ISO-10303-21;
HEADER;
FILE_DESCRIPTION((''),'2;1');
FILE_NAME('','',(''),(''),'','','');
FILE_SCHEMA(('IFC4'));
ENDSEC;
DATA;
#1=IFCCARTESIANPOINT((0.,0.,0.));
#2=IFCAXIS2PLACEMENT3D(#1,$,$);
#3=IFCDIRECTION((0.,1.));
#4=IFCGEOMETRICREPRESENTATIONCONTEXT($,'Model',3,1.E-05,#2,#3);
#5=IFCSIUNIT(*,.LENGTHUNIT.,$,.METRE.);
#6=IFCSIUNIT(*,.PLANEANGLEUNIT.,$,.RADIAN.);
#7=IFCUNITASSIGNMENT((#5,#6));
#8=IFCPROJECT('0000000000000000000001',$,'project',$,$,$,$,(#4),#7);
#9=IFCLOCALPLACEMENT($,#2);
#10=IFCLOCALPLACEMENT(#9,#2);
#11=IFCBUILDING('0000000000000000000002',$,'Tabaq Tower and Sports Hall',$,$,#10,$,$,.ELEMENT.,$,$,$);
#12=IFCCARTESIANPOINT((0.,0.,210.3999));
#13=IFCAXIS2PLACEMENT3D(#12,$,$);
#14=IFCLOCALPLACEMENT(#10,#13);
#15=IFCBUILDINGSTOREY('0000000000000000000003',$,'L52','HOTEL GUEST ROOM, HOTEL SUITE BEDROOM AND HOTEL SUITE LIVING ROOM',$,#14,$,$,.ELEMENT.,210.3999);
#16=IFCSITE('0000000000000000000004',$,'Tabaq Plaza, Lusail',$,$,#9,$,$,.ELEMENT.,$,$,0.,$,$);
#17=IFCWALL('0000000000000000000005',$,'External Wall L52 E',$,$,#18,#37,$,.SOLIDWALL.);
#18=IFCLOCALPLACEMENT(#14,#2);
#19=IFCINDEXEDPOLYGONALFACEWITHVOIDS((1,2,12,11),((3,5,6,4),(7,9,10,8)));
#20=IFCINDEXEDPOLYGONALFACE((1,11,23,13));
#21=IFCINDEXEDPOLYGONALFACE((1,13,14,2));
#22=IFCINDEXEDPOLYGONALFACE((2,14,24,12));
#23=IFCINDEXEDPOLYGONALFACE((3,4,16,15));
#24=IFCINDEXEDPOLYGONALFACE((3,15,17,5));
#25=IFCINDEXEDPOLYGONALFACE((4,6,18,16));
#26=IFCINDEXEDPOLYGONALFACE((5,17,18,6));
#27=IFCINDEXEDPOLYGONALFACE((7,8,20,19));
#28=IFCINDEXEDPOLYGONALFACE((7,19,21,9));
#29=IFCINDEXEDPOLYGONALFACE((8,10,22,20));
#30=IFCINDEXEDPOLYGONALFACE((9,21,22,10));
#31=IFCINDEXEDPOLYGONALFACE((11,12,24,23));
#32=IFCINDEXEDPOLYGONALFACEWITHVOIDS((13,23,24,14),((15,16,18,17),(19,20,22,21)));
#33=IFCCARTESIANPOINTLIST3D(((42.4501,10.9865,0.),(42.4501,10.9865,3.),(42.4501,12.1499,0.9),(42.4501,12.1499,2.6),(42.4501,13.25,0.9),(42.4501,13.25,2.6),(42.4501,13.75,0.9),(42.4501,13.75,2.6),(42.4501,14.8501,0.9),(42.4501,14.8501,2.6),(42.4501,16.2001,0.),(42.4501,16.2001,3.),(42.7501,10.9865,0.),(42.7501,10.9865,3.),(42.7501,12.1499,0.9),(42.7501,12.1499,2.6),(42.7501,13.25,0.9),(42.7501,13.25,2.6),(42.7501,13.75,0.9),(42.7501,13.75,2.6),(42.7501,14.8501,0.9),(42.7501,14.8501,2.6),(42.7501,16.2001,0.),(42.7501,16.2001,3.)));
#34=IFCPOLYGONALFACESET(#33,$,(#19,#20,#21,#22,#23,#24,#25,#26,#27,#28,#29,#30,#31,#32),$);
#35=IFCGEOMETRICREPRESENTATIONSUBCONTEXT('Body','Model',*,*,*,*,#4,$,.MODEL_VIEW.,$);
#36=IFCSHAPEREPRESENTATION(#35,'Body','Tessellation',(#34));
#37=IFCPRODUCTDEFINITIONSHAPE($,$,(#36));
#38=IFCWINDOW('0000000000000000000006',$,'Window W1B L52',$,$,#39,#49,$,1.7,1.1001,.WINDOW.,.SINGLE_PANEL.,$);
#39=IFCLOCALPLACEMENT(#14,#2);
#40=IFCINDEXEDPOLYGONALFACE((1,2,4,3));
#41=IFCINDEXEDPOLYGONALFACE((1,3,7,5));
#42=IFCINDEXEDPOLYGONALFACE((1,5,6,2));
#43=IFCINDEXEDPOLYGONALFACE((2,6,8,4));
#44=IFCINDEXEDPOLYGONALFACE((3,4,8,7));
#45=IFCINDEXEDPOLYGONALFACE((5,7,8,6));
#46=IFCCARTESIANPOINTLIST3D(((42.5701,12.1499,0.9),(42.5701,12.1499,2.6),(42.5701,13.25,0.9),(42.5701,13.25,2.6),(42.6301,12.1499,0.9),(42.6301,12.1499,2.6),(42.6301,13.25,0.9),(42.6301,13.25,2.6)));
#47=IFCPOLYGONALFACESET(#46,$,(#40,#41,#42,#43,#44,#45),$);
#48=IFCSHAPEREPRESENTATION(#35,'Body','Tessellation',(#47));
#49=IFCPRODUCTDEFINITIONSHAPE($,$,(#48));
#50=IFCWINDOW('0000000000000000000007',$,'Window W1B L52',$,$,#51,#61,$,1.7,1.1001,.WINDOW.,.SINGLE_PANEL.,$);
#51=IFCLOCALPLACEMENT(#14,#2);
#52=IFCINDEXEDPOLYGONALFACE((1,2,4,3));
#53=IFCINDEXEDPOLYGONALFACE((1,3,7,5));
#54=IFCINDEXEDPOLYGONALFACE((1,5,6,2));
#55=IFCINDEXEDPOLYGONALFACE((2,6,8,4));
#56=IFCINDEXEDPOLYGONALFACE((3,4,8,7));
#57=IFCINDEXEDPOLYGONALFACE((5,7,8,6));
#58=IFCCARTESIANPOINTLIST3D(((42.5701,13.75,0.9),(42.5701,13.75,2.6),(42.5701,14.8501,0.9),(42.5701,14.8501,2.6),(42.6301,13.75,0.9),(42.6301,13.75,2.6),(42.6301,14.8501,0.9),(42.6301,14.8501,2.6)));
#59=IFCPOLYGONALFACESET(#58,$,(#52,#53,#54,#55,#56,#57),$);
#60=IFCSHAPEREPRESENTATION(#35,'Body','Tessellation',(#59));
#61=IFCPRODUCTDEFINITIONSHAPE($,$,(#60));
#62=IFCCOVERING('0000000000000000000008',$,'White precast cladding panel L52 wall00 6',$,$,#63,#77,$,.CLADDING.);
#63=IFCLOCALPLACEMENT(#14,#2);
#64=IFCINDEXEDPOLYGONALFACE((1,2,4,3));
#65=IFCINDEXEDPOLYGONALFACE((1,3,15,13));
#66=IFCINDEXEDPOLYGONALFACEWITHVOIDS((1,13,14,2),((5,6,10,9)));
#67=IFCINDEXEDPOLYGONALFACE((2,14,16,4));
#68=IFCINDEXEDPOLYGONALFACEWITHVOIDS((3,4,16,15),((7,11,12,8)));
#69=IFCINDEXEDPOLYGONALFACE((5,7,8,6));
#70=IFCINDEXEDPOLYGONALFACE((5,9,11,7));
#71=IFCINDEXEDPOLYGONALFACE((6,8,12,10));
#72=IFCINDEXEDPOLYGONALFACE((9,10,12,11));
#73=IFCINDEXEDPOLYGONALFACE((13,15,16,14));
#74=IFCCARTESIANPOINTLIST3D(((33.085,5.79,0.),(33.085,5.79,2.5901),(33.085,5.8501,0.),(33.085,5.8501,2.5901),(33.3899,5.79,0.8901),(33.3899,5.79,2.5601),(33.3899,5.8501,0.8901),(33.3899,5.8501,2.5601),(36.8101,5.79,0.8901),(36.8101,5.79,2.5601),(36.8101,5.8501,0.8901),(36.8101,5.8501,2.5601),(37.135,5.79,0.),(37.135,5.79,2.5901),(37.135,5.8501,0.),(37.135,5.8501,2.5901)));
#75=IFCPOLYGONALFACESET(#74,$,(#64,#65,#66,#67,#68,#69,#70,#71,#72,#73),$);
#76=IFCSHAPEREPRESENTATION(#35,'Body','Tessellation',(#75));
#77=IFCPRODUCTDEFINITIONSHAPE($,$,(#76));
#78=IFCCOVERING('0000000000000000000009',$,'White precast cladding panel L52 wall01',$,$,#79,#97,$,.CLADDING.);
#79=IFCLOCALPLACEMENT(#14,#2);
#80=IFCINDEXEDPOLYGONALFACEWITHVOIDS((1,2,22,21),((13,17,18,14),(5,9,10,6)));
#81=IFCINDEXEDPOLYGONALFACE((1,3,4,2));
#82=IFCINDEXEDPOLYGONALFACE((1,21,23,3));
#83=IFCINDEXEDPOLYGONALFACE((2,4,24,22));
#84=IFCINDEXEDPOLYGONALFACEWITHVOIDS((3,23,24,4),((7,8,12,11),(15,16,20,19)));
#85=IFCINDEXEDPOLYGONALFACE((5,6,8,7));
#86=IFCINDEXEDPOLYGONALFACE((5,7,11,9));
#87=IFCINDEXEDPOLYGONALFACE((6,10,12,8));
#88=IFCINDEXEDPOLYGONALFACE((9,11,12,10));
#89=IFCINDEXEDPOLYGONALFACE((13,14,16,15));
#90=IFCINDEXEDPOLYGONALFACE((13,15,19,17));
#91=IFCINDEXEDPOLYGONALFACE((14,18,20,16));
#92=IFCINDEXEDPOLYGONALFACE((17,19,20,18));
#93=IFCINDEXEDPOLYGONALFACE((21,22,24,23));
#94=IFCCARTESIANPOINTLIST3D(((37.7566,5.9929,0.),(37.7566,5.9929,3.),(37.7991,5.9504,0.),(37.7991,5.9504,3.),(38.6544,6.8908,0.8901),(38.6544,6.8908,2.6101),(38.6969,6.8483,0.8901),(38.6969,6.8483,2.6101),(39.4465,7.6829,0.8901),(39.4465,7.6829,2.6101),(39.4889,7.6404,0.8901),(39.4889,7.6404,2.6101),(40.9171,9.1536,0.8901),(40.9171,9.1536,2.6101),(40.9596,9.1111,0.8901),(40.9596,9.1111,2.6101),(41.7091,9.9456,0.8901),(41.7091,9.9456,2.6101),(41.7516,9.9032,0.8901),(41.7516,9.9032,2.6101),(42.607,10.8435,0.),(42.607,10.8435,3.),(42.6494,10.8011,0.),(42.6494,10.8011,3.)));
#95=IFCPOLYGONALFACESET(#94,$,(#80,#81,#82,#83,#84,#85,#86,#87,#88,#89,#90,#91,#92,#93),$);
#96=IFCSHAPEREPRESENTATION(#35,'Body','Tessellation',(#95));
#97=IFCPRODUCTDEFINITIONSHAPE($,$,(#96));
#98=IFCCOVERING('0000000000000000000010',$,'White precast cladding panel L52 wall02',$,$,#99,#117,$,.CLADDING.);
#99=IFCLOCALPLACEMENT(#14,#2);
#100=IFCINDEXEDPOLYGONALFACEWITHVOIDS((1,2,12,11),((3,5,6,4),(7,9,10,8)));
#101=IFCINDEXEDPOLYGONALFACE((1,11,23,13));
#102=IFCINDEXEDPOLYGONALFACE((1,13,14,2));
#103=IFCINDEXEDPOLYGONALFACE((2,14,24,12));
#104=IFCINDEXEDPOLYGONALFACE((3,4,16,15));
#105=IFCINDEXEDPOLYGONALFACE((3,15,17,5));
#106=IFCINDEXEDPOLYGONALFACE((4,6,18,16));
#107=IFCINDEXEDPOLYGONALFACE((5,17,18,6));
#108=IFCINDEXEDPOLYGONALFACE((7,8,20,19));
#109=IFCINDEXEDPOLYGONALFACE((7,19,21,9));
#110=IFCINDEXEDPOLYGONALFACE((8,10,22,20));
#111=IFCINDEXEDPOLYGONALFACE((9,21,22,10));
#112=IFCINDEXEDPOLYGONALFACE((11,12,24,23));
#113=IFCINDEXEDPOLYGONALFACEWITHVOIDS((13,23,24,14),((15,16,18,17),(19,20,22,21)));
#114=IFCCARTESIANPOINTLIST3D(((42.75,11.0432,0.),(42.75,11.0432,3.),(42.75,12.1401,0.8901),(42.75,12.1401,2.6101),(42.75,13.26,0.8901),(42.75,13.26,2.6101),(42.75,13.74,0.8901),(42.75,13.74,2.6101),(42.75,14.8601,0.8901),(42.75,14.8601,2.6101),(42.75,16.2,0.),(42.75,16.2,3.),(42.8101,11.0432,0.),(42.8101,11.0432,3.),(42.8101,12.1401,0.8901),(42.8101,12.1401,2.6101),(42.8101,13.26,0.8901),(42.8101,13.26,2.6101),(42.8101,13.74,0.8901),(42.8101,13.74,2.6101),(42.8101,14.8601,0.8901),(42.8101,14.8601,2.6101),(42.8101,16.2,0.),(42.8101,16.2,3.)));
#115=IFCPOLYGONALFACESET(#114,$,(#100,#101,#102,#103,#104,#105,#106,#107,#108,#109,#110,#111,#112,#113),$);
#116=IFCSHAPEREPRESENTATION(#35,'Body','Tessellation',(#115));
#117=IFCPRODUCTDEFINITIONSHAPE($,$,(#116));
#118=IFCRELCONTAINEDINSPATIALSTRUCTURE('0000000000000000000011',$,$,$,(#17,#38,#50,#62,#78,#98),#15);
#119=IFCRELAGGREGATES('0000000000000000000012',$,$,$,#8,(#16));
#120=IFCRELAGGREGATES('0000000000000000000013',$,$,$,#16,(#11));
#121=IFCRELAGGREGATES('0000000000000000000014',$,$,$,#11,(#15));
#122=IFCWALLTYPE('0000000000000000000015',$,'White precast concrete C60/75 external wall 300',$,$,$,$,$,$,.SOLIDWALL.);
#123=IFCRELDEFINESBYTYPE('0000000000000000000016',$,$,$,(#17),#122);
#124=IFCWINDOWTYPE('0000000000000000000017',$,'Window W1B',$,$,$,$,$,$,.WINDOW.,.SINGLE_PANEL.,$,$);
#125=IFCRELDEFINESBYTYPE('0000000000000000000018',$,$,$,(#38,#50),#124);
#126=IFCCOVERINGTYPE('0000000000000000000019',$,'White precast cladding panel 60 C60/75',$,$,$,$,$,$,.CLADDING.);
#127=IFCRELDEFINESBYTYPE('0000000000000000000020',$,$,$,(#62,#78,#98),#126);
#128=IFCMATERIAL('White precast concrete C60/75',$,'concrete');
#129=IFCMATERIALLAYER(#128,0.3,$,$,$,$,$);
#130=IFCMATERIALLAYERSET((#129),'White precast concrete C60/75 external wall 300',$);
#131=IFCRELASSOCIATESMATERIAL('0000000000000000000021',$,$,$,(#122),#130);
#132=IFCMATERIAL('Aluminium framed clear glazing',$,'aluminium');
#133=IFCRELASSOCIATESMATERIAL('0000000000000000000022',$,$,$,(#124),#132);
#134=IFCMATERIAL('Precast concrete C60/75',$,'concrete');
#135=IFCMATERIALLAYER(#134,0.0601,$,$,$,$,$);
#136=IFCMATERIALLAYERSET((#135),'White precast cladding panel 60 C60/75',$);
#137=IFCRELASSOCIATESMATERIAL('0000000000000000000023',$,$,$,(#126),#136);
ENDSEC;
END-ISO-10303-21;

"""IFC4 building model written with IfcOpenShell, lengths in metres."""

from ifc_helpers import new_model, si_unit, direction, frame, frame_2d, origin, place, context, subcontext, project, spatial, polyline, rectangle, outline, extrude, material, layer, layer_set, type_object, element, fill, save


model = new_model("IFC4")

# Units and contexts
model_context = context("Model", 3, precision=1e-05, world=origin(), true_north=direction((0.0, 1.0)))
body_context = subcontext(model_context, "Body", "Model", "MODEL_VIEW")
ifc_project = project(units=[si_unit("LENGTHUNIT", "METRE"), si_unit("PLANEANGLEUNIT", "RADIAN")], contexts=[model_context])

# Site, building, storey
site_placement = place(None, origin())
site = spatial("IfcSite", under=ifc_project, at=site_placement, Name="Tabaq Plaza, Lusail", CompositionType="ELEMENT", RefElevation=0.0)
building_placement = place(site_placement, origin())
building = spatial("IfcBuilding", under=site, at=building_placement, Name="Tabaq Tower and Sports Hall", CompositionType="ELEMENT")
storey_placement = place(building_placement, frame((0.0, 0.0, 210.3999)))
storey = spatial("IfcBuildingStorey", under=building, at=storey_placement, Name="L52", Description="HOTEL GUEST ROOM, HOTEL SUITE BEDROOM AND HOTEL SUITE LIVING ROOM", CompositionType="ELEMENT", Elevation=210.3999)

# Wall, openings, windows
ifc_material_1 = material(Name="White precast concrete C60/75", Category="concrete")
ifc_layer_1 = layer(ifc_material_1, 0.3)
ifc_layer_set_1 = layer_set([ifc_layer_1], Name="White precast concrete C60/75 external wall 300")
wall_type_1 = type_object("IfcWallType", Name="White precast concrete C60/75 external wall 300", PredefinedType="SOLIDWALL", material=ifc_layer_set_1)
ifc_material_2 = material(Name="Aluminium framed clear glazing", Category="aluminium")
window_type = type_object("IfcWindowType", Name="Window W1B", PartitioningType="SINGLE_PANEL", PredefinedType="WINDOW", material=ifc_material_2)
wall_1_placement = place(storey_placement, frame((42.6001, 10.9863, 0.0), z_axis=(0.0, 0.0, 1.0), x_axis=(0.0, 1.0, 0.0)))
wall_1 = element("IfcWall", 1, at=wall_1_placement, inside=storey, type_object=wall_type_1, Name="External Wall L52 E", PredefinedType="SOLIDWALL", context=body_context, shape_type="SweptSolid", body=[
    extrude(rectangle(XDim=5.2136, YDim=0.3, at=frame_2d((2.6069, 0.0))), origin(), (0.0, 0.0, 1.0), 3.0),
])
opening_1_placement = place(wall_1_placement, frame((1.1636, 0.0, 0.8999)))
opening_1 = element("IfcOpeningElement", 2, at=opening_1_placement, cuts=wall_1, PredefinedType="OPENING", context=body_context, shape_type="SweptSolid", body=[
    extrude(rectangle(XDim=1.1001, YDim=1.7, at=frame_2d((0.55, 0.8501))), frame((0.0, 0.1602, 0.0), z_axis=(0.0, -1.0, 0.0), x_axis=(1.0, 0.0, 0.0)), (0.0, 0.0, 1.0), 0.3201),
])
opening_2_placement = place(wall_1_placement, frame((2.7637, 0.0, 0.8999)))
opening_2 = element("IfcOpeningElement", 3, at=opening_2_placement, cuts=wall_1, PredefinedType="OPENING", context=body_context, shape_type="SweptSolid", body=[
    extrude(rectangle(XDim=1.1001, YDim=1.7, at=frame_2d((0.55, 0.8501))), frame((0.0, 0.1602, 0.0), z_axis=(0.0, -1.0, 0.0), x_axis=(1.0, 0.0, 0.0)), (0.0, 0.0, 1.0), 0.3201),
])
window_1_placement = place(opening_1_placement, origin())
window_1 = element("IfcWindow", 4, at=window_1_placement, inside=storey, type_object=window_type, Name="Window W1B L52", OverallHeight=1.7, OverallWidth=1.1001, PartitioningType="SINGLE_PANEL", PredefinedType="WINDOW", context=body_context, shape_type="SweptSolid", body=[
    extrude(rectangle(XDim=1.1001, YDim=1.7, at=frame_2d((0.55, 0.8501))), frame((0.0, 0.03, 0.0), z_axis=(0.0, -1.0, 0.0), x_axis=(1.0, 0.0, 0.0)), (0.0, 0.0, 1.0), 0.0601),
])
fill(opening_1, window_1)
window_2_placement = place(opening_2_placement, origin())
window_2 = element("IfcWindow", 5, at=window_2_placement, inside=storey, type_object=window_type, Name="Window W1B L52", OverallHeight=1.7, OverallWidth=1.1001, PartitioningType="SINGLE_PANEL", PredefinedType="WINDOW", context=body_context, shape_type="SweptSolid", body=[
    extrude(rectangle(XDim=1.1001, YDim=1.7, at=frame_2d((0.55, 0.8501))), frame((0.0, 0.03, 0.0), z_axis=(0.0, -1.0, 0.0), x_axis=(1.0, 0.0, 0.0)), (0.0, 0.0, 1.0), 0.0601),
])
fill(opening_2, window_2)

# Coverings
ifc_material_3 = material(Name="Precast concrete C60/75", Category="concrete")
ifc_layer_2 = layer(ifc_material_3, 0.0601)
ifc_layer_set_2 = layer_set([ifc_layer_2], Name="White precast cladding panel 60 C60/75")
covering_type = type_object("IfcCoveringType", Name="White precast cladding panel 60 C60/75", PredefinedType="CLADDING", material=ifc_layer_set_2)
covering_1_placement = place(storey_placement, frame((33.085, 5.8201, 0.0), z_axis=(0.0, 0.0, 1.0), x_axis=(1.0, 0.0, 0.0)))
element("IfcCovering", 6, at=covering_1_placement, inside=storey, type_object=covering_type, Name="White precast cladding panel L52 wall00 6", PredefinedType="CLADDING", context=body_context, shape_type="SweptSolid", body=[
    extrude(outline(polyline([(0.0, 0.0), (4.05, 0.0), (4.05, 2.5901), (0.0, 2.5901), (0.0, 0.0)]), holes=[polyline([(3.7251, 0.8901), (0.3049, 0.8901), (0.3049, 2.5601), (3.7251, 2.5601), (3.7251, 0.8901)])]), frame((0.0, 0.03, 0.0), z_axis=(0.0, -1.0, 0.0), x_axis=(1.0, 0.0, 0.0)), (0.0, 0.0, 1.0), 0.0601),
])
covering_2_placement = place(storey_placement, frame((37.7778, 5.9717, 0.0), z_axis=(0.0, 0.0, 1.0), x_axis=(0.707089, 0.707125, 0.0)))
element("IfcCovering", 7, at=covering_2_placement, inside=storey, type_object=covering_type, Name="White precast cladding panel L52 wall01", PredefinedType="CLADDING", context=body_context, shape_type="SweptSolid", body=[
    extrude(outline(polyline([(0.0, 0.0), (6.8596, 0.0), (6.8596, 3.0), (0.0, 3.0), (0.0, 0.0)]), holes=[polyline([(1.2698, 2.6101), (2.3899, 2.6101), (2.3899, 0.8901), (1.2698, 0.8901), (1.2698, 2.6101)]), polyline([(4.4697, 2.6101), (5.5898, 2.6101), (5.5898, 0.8901), (4.4697, 0.8901), (4.4697, 2.6101)])]), frame((0.0, 0.03, 0.0), z_axis=(0.0, -1.0, 0.0), x_axis=(1.0, 0.0, 0.0)), (0.0, 0.0, 1.0), 0.0601),
])
covering_3_placement = place(storey_placement, frame((42.78, 11.0432, 0.0), z_axis=(0.0, 0.0, 1.0), x_axis=(0.0, 1.0, 0.0)))
element("IfcCovering", 8, at=covering_3_placement, inside=storey, type_object=covering_type, Name="White precast cladding panel L52 wall02", PredefinedType="CLADDING", context=body_context, shape_type="SweptSolid", body=[
    extrude(outline(polyline([(0.0, 0.0), (5.1567, 0.0), (5.1567, 3.0), (0.0, 3.0), (0.0, 0.0)]), holes=[polyline([(1.0969, 2.6101), (2.2168, 2.6101), (2.2168, 0.8901), (1.0969, 0.8901), (1.0969, 2.6101)]), polyline([(2.6968, 2.6101), (3.8169, 2.6101), (3.8169, 0.8901), (2.6968, 0.8901), (2.6968, 2.6101)])]), frame((0.0, 0.03, 0.0), z_axis=(0.0, -1.0, 0.0), x_axis=(1.0, 0.0, 0.0)), (0.0, 0.0, 1.0), 0.0601),
])

save(model, "model.ifc")
